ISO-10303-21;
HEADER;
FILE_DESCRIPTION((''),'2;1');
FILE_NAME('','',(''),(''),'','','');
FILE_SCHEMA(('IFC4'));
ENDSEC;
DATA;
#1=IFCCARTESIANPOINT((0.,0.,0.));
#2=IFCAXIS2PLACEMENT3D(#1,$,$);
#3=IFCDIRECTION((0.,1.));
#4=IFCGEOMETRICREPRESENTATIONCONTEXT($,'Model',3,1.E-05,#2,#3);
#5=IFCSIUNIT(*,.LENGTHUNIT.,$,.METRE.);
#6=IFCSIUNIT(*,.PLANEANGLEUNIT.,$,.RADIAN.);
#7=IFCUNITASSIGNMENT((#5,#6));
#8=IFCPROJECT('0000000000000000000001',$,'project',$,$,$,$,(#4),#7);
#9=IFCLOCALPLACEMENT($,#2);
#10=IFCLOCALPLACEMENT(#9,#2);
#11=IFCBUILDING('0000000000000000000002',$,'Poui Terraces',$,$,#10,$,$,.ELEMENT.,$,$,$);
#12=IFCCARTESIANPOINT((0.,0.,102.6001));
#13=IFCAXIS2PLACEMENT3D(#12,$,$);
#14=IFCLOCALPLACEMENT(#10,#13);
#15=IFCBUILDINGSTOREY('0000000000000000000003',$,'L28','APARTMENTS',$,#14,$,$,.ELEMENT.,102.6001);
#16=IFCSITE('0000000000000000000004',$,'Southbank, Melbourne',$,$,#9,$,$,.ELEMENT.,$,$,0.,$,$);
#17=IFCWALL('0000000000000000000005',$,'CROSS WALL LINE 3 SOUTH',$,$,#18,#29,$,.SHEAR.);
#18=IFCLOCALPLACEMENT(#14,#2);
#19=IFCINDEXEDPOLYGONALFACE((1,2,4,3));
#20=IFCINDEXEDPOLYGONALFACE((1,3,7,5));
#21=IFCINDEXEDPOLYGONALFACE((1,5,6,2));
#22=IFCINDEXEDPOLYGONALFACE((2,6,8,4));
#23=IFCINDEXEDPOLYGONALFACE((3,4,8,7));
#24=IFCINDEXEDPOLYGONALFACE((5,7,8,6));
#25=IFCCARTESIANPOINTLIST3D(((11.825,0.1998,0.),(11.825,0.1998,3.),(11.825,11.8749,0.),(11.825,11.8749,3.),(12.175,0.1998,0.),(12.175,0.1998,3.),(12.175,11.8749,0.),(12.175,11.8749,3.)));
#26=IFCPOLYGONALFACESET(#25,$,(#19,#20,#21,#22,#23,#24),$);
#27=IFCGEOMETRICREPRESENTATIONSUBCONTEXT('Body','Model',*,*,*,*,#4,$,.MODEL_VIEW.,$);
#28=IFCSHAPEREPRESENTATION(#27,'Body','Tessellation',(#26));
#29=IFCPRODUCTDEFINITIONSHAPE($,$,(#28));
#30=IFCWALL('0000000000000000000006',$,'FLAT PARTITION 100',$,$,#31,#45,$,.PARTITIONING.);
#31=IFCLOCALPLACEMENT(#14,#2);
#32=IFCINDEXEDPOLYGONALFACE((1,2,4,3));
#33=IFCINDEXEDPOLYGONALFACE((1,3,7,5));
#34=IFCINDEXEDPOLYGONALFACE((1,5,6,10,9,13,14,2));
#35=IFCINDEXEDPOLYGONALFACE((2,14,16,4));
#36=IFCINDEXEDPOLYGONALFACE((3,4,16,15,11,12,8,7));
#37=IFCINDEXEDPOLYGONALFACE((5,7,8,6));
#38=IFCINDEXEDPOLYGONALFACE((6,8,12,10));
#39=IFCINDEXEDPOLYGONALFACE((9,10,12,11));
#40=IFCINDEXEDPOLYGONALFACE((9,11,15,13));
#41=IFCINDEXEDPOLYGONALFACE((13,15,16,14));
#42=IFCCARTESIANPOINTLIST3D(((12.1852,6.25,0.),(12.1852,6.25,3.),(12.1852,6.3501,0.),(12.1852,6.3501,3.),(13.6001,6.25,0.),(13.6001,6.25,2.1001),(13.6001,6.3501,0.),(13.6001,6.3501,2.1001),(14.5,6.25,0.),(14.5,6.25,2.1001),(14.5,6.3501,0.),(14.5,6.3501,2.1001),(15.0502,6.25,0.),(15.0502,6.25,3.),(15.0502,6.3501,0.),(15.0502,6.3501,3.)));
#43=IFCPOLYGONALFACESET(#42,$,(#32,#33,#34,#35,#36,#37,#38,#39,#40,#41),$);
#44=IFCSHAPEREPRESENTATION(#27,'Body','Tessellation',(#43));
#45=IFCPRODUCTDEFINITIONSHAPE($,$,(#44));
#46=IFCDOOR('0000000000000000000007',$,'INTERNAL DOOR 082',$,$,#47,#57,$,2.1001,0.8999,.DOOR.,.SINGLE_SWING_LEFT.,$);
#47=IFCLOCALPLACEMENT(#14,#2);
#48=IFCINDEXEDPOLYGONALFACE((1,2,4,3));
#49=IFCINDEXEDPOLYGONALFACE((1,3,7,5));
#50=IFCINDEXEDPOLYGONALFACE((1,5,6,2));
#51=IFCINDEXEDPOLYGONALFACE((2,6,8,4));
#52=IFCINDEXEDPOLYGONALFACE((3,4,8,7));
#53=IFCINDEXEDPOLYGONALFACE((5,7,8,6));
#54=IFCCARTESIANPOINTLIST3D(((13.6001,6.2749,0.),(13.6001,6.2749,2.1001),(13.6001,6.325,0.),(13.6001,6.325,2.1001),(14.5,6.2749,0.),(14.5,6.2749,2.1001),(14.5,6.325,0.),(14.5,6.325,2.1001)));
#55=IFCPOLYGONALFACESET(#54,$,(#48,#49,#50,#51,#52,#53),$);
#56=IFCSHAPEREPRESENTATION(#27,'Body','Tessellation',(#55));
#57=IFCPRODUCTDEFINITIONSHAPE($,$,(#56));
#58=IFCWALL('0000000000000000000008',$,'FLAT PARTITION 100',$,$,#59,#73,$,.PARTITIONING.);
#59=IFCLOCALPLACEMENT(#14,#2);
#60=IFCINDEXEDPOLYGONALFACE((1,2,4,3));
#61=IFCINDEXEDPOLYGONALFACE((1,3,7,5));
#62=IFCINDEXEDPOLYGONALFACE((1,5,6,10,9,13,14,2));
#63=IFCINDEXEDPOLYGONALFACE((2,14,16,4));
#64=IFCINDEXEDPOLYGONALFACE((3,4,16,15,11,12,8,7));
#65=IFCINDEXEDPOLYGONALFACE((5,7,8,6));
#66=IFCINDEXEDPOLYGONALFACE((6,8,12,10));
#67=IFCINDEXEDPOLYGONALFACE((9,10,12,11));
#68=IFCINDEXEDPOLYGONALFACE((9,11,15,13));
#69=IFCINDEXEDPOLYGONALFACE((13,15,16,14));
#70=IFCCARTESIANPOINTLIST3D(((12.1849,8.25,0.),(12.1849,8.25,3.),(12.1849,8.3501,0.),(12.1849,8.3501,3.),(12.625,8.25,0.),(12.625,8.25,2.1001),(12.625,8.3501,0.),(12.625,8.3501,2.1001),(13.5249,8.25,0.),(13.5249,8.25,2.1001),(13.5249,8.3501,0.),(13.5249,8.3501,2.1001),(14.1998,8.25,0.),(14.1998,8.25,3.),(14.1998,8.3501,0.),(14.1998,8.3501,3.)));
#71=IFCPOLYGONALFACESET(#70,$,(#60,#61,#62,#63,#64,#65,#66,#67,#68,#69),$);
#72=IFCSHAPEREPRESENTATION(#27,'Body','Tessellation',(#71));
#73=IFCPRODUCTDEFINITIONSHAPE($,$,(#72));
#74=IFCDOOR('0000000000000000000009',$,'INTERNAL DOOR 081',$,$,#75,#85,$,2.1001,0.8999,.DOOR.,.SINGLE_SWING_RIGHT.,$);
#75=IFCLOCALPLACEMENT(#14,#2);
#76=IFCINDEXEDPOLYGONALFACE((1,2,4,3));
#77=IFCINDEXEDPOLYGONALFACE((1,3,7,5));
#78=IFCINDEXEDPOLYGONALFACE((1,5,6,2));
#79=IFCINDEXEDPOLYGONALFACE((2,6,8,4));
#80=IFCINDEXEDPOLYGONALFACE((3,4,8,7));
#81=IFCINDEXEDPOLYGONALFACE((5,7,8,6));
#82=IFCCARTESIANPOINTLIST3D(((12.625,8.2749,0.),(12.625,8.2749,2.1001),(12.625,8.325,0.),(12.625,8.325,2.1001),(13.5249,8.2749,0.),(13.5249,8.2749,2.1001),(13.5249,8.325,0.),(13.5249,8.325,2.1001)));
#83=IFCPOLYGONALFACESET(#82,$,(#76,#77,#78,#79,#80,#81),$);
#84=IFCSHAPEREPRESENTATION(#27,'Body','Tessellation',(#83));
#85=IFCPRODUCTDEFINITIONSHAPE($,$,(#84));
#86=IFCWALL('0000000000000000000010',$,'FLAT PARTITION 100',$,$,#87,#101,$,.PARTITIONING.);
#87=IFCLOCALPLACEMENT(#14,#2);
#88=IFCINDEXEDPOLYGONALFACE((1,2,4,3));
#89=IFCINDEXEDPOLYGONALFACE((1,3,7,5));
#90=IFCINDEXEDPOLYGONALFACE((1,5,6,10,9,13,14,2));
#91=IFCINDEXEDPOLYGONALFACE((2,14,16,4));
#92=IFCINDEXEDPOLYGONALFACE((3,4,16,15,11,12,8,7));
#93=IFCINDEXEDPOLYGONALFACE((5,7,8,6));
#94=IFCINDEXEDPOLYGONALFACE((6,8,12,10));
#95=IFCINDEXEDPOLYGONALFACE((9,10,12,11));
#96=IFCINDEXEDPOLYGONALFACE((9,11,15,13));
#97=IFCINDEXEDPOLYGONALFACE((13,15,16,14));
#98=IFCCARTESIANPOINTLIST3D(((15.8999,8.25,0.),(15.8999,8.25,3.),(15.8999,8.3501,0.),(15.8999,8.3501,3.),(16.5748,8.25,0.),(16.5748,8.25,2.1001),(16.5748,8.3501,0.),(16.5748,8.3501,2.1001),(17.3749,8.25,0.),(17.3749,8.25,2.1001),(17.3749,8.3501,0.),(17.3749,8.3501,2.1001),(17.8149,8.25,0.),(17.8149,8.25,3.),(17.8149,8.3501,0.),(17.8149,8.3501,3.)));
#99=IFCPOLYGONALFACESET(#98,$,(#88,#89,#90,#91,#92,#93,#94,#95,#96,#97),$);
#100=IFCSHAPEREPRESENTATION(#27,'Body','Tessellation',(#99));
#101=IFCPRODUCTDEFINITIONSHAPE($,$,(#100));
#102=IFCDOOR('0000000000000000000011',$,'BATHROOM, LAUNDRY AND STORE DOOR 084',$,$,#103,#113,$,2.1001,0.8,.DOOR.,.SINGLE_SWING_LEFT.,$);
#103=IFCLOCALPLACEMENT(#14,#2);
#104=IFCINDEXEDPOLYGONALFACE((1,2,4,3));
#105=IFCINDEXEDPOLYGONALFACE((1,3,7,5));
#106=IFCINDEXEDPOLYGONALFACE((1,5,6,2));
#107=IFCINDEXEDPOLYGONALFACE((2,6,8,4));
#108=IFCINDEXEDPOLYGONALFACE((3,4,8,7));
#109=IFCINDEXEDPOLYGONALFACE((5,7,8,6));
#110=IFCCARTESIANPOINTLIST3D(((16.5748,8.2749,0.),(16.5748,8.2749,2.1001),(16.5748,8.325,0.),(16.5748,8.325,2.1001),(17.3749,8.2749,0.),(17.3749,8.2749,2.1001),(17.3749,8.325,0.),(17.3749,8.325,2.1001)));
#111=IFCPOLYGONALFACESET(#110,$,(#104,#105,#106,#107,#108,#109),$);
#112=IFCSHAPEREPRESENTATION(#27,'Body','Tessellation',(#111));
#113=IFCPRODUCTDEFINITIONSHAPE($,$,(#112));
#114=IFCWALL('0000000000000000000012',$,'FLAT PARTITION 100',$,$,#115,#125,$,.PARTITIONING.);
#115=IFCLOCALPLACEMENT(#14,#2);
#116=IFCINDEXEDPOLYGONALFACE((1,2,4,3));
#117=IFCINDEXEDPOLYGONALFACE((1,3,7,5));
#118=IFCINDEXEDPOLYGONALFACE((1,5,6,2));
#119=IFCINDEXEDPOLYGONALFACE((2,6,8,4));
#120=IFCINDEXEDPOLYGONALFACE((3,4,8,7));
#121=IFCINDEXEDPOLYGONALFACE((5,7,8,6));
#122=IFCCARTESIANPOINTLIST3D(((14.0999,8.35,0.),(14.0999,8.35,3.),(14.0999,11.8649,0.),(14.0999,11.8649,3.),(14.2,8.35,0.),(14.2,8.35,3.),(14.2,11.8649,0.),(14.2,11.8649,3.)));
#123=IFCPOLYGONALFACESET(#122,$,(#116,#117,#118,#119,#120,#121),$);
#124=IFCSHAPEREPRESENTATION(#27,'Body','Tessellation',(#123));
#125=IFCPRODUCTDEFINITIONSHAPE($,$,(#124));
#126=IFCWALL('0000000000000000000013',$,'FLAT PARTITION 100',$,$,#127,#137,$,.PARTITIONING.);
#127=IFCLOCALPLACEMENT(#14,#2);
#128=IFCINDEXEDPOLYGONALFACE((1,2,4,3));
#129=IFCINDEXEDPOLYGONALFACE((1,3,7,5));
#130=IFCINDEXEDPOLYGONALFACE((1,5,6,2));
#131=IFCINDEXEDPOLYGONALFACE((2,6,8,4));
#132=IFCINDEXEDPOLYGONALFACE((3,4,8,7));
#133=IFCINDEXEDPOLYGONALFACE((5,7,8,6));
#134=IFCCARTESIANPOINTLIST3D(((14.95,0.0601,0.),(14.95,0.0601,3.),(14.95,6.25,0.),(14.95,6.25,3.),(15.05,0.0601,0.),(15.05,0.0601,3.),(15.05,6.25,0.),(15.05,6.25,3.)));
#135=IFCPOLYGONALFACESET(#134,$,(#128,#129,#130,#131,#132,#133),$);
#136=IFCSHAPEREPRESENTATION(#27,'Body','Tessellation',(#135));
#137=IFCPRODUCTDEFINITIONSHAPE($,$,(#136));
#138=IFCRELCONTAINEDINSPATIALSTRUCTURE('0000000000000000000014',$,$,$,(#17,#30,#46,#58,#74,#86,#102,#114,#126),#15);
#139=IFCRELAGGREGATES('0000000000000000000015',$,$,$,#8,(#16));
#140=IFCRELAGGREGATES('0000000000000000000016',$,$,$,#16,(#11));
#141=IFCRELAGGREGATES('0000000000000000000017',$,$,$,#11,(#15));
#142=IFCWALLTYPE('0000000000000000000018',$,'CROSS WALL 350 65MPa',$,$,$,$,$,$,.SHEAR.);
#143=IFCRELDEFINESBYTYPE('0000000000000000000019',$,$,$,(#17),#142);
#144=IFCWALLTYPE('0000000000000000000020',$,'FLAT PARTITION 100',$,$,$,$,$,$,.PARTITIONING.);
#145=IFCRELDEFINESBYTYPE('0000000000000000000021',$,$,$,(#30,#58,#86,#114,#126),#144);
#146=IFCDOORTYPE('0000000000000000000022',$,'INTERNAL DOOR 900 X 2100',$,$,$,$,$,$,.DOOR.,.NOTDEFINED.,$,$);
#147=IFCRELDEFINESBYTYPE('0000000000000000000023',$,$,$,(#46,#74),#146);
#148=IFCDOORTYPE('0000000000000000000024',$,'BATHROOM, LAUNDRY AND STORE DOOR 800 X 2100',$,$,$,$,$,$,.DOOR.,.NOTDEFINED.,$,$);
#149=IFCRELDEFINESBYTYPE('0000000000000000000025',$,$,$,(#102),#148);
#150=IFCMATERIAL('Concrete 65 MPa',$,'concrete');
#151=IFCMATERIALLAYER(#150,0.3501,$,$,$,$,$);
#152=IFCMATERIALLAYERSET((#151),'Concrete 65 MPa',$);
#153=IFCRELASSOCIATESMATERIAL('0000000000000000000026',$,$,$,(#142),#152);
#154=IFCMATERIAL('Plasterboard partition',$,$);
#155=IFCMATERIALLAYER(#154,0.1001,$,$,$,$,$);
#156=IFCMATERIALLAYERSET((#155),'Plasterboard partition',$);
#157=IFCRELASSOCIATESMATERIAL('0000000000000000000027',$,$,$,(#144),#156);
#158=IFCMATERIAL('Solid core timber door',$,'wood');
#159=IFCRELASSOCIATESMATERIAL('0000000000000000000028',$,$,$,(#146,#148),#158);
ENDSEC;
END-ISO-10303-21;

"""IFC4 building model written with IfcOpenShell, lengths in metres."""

from ifc_helpers import new_model, si_unit, direction, frame, frame_2d, origin, place, context, subcontext, project, spatial, rectangle, extrude, material, layer, layer_set, type_object, element, fill, save


model = new_model("IFC4")

# Units and contexts
model_context = context("Model", 3, precision=1e-05, world=origin(), true_north=direction((0.0, 1.0)))
body_context = subcontext(model_context, "Body", "Model", "MODEL_VIEW")
ifc_project = project(units=[si_unit("LENGTHUNIT", "METRE"), si_unit("PLANEANGLEUNIT", "RADIAN")], contexts=[model_context])

# Site, building, storey
site_placement = place(None, origin())
site = spatial("IfcSite", under=ifc_project, at=site_placement, Name="Southbank, Melbourne", CompositionType="ELEMENT", RefElevation=0.0)
building_placement = place(site_placement, origin())
building = spatial("IfcBuilding", under=site, at=building_placement, Name="Poui Terraces", CompositionType="ELEMENT")
storey_placement = place(building_placement, frame((0.0, 0.0, 102.6001)))
storey = spatial("IfcBuildingStorey", under=building, at=storey_placement, Name="L28", Description="APARTMENTS", CompositionType="ELEMENT", Elevation=102.6001)

# Wall
ifc_material_1 = material(Name="Concrete 65 MPa", Category="concrete")
ifc_layer_1 = layer(ifc_material_1, 0.3501)
ifc_layer_set_1 = layer_set([ifc_layer_1], Name="Concrete 65 MPa")
wall_type_1 = type_object("IfcWallType", Name="CROSS WALL 350 65MPa", PredefinedType="SHEAR", material=ifc_layer_set_1)
wall_1_placement = place(storey_placement, frame((12.0, 0.2, 0.0), z_axis=(0.0, 0.0, 1.0), x_axis=(0.0, 1.0, 0.0)))
element("IfcWall", 1, at=wall_1_placement, inside=storey, type_object=wall_type_1, Name="CROSS WALL LINE 3 SOUTH", PredefinedType="SHEAR", context=body_context, shape_type="SweptSolid", body=[
    extrude(rectangle(XDim=11.675, YDim=0.3501, at=frame_2d((5.8374, 0.0))), origin(), (0.0, 0.0, 1.0), 3.0),
])

# Walls, openings, doors
ifc_material_2 = material(Name="Plasterboard partition")
ifc_layer_2 = layer(ifc_material_2, 0.1001)
ifc_layer_set_2 = layer_set([ifc_layer_2], Name="Plasterboard partition")
wall_type_2 = type_object("IfcWallType", Name="FLAT PARTITION 100", PredefinedType="PARTITIONING", material=ifc_layer_set_2)
wall_2_placement = place(storey_placement, frame((12.1851, 6.3, 0.0), z_axis=(0.0, 0.0, 1.0), x_axis=(1.0, 0.0, 0.0)))
wall_2 = element("IfcWall", 2, at=wall_2_placement, inside=storey, type_object=wall_type_2, Name="FLAT PARTITION 100", PredefinedType="PARTITIONING", context=body_context, shape_type="SweptSolid", body=[
    extrude(rectangle(XDim=2.865, YDim=0.1001, at=frame_2d((1.4326, 0.0))), origin(), (0.0, 0.0, 1.0), 3.0),
])
opening_1_placement = place(wall_2_placement, frame((1.415, 0.0, 0.0)))
opening_1 = element("IfcOpeningElement", 3, at=opening_1_placement, cuts=wall_2, PredefinedType="OPENING", context=body_context, shape_type="SweptSolid", body=[
    extrude(rectangle(XDim=0.8999, YDim=2.1001, at=frame_2d((0.45, 1.05))), frame((0.0, 0.0601, 0.0), z_axis=(0.0, -1.0, 0.0), x_axis=(1.0, 0.0, 0.0)), (0.0, 0.0, 1.0), 0.1201),
])
ifc_material_3 = material(Name="Solid core timber door", Category="wood")
door_type_1 = type_object("IfcDoorType", Name="INTERNAL DOOR 900 X 2100", OperationType="NOTDEFINED", PredefinedType="DOOR", material=ifc_material_3)
door_1_placement = place(opening_1_placement, origin())
door_1 = element("IfcDoor", 4, at=door_1_placement, inside=storey, type_object=door_type_1, Name="INTERNAL DOOR 082", OperationType="SINGLE_SWING_LEFT", OverallHeight=2.1001, OverallWidth=0.8999, PredefinedType="DOOR", context=body_context, shape_type="SweptSolid", body=[
    extrude(rectangle(XDim=0.8999, YDim=2.1001, at=frame_2d((0.45, 1.05))), frame((0.0, 0.0249, 0.0), z_axis=(0.0, -1.0, 0.0), x_axis=(1.0, 0.0, 0.0)), (0.0, 0.0, 1.0), 0.05),
])
fill(opening_1, door_1)
wall_3_placement = place(storey_placement, frame((12.1851, 8.3, 0.0), z_axis=(0.0, 0.0, 1.0), x_axis=(1.0, 0.0, 0.0)))
wall_3 = element("IfcWall", 5, at=wall_3_placement, inside=storey, type_object=wall_type_2, Name="FLAT PARTITION 100", PredefinedType="PARTITIONING", context=body_context, shape_type="SweptSolid", body=[
    extrude(rectangle(XDim=2.0149, YDim=0.1001, at=frame_2d((1.0073, 0.0))), origin(), (0.0, 0.0, 1.0), 3.0),
])
opening_2_placement = place(wall_3_placement, frame((0.4399, 0.0, 0.0)))
opening_2 = element("IfcOpeningElement", 6, at=opening_2_placement, cuts=wall_3, PredefinedType="OPENING", context=body_context, shape_type="SweptSolid", body=[
    extrude(rectangle(XDim=0.8999, YDim=2.1001, at=frame_2d((0.45, 1.05))), frame((0.0, 0.0601, 0.0), z_axis=(0.0, -1.0, 0.0), x_axis=(1.0, 0.0, 0.0)), (0.0, 0.0, 1.0), 0.1201),
])
door_2_placement = place(opening_2_placement, origin())
door_2 = element("IfcDoor", 7, at=door_2_placement, inside=storey, type_object=door_type_1, Name="INTERNAL DOOR 081", OperationType="SINGLE_SWING_RIGHT", OverallHeight=2.1001, OverallWidth=0.8999, PredefinedType="DOOR", context=body_context, shape_type="SweptSolid", body=[
    extrude(rectangle(XDim=0.8999, YDim=2.1001, at=frame_2d((0.45, 1.05))), frame((0.0, 0.0249, 0.0), z_axis=(0.0, -1.0, 0.0), x_axis=(1.0, 0.0, 0.0)), (0.0, 0.0, 1.0), 0.05),
])
fill(opening_2, door_2)
wall_4_placement = place(storey_placement, frame((15.8999, 8.3, 0.0), z_axis=(0.0, 0.0, 1.0), x_axis=(1.0, 0.0, 0.0)))
wall_4 = element("IfcWall", 8, at=wall_4_placement, inside=storey, type_object=wall_type_2, Name="FLAT PARTITION 100", PredefinedType="PARTITIONING", context=body_context, shape_type="SweptSolid", body=[
    extrude(rectangle(XDim=1.915, YDim=0.1001, at=frame_2d((0.9575, 0.0))), origin(), (0.0, 0.0, 1.0), 3.0),
])
opening_3_placement = place(wall_4_placement, frame((0.675, 0.0, 0.0)))
opening_3 = element("IfcOpeningElement", 9, at=opening_3_placement, cuts=wall_4, PredefinedType="OPENING", context=body_context, shape_type="SweptSolid", body=[
    extrude(rectangle(XDim=0.8, YDim=2.1001, at=frame_2d((0.3999, 1.05))), frame((0.0, 0.0601, 0.0), z_axis=(0.0, -1.0, 0.0), x_axis=(1.0, 0.0, 0.0)), (0.0, 0.0, 1.0), 0.1201),
])
door_type_2 = type_object("IfcDoorType", Name="BATHROOM, LAUNDRY AND STORE DOOR 800 X 2100", OperationType="NOTDEFINED", PredefinedType="DOOR", material=ifc_material_3)
door_3_placement = place(opening_3_placement, origin())
door_3 = element("IfcDoor", 10, at=door_3_placement, inside=storey, type_object=door_type_2, Name="BATHROOM, LAUNDRY AND STORE DOOR 084", OperationType="SINGLE_SWING_LEFT", OverallHeight=2.1001, OverallWidth=0.8, PredefinedType="DOOR", context=body_context, shape_type="SweptSolid", body=[
    extrude(rectangle(XDim=0.8, YDim=2.1001, at=frame_2d((0.3999, 1.05))), frame((0.0, 0.0249, 0.0), z_axis=(0.0, -1.0, 0.0), x_axis=(1.0, 0.0, 0.0)), (0.0, 0.0, 1.0), 0.05),
])
fill(opening_3, door_3)

# Walls
wall_5_placement = place(storey_placement, frame((14.1499, 8.3501, 0.0), z_axis=(0.0, 0.0, 1.0), x_axis=(0.0, 1.0, 0.0)))
element("IfcWall", 11, at=wall_5_placement, inside=storey, type_object=wall_type_2, Name="FLAT PARTITION 100", PredefinedType="PARTITIONING", context=body_context, shape_type="SweptSolid", body=[
    extrude(rectangle(XDim=3.5149, YDim=0.1001, at=frame_2d((1.7573, 0.0))), origin(), (0.0, 0.0, 1.0), 3.0),
])
wall_6_placement = place(storey_placement, frame((15.0, 0.0601, 0.0), z_axis=(0.0, 0.0, 1.0), x_axis=(0.0, 1.0, 0.0)))
element("IfcWall", 12, at=wall_6_placement, inside=storey, type_object=wall_type_2, Name="FLAT PARTITION 100", PredefinedType="PARTITIONING", context=body_context, shape_type="SweptSolid", body=[
    extrude(rectangle(XDim=6.1899, YDim=0.1001, at=frame_2d((3.095, 0.0))), origin(), (0.0, 0.0, 1.0), 3.0),
])

save(model, "model.ifc")
